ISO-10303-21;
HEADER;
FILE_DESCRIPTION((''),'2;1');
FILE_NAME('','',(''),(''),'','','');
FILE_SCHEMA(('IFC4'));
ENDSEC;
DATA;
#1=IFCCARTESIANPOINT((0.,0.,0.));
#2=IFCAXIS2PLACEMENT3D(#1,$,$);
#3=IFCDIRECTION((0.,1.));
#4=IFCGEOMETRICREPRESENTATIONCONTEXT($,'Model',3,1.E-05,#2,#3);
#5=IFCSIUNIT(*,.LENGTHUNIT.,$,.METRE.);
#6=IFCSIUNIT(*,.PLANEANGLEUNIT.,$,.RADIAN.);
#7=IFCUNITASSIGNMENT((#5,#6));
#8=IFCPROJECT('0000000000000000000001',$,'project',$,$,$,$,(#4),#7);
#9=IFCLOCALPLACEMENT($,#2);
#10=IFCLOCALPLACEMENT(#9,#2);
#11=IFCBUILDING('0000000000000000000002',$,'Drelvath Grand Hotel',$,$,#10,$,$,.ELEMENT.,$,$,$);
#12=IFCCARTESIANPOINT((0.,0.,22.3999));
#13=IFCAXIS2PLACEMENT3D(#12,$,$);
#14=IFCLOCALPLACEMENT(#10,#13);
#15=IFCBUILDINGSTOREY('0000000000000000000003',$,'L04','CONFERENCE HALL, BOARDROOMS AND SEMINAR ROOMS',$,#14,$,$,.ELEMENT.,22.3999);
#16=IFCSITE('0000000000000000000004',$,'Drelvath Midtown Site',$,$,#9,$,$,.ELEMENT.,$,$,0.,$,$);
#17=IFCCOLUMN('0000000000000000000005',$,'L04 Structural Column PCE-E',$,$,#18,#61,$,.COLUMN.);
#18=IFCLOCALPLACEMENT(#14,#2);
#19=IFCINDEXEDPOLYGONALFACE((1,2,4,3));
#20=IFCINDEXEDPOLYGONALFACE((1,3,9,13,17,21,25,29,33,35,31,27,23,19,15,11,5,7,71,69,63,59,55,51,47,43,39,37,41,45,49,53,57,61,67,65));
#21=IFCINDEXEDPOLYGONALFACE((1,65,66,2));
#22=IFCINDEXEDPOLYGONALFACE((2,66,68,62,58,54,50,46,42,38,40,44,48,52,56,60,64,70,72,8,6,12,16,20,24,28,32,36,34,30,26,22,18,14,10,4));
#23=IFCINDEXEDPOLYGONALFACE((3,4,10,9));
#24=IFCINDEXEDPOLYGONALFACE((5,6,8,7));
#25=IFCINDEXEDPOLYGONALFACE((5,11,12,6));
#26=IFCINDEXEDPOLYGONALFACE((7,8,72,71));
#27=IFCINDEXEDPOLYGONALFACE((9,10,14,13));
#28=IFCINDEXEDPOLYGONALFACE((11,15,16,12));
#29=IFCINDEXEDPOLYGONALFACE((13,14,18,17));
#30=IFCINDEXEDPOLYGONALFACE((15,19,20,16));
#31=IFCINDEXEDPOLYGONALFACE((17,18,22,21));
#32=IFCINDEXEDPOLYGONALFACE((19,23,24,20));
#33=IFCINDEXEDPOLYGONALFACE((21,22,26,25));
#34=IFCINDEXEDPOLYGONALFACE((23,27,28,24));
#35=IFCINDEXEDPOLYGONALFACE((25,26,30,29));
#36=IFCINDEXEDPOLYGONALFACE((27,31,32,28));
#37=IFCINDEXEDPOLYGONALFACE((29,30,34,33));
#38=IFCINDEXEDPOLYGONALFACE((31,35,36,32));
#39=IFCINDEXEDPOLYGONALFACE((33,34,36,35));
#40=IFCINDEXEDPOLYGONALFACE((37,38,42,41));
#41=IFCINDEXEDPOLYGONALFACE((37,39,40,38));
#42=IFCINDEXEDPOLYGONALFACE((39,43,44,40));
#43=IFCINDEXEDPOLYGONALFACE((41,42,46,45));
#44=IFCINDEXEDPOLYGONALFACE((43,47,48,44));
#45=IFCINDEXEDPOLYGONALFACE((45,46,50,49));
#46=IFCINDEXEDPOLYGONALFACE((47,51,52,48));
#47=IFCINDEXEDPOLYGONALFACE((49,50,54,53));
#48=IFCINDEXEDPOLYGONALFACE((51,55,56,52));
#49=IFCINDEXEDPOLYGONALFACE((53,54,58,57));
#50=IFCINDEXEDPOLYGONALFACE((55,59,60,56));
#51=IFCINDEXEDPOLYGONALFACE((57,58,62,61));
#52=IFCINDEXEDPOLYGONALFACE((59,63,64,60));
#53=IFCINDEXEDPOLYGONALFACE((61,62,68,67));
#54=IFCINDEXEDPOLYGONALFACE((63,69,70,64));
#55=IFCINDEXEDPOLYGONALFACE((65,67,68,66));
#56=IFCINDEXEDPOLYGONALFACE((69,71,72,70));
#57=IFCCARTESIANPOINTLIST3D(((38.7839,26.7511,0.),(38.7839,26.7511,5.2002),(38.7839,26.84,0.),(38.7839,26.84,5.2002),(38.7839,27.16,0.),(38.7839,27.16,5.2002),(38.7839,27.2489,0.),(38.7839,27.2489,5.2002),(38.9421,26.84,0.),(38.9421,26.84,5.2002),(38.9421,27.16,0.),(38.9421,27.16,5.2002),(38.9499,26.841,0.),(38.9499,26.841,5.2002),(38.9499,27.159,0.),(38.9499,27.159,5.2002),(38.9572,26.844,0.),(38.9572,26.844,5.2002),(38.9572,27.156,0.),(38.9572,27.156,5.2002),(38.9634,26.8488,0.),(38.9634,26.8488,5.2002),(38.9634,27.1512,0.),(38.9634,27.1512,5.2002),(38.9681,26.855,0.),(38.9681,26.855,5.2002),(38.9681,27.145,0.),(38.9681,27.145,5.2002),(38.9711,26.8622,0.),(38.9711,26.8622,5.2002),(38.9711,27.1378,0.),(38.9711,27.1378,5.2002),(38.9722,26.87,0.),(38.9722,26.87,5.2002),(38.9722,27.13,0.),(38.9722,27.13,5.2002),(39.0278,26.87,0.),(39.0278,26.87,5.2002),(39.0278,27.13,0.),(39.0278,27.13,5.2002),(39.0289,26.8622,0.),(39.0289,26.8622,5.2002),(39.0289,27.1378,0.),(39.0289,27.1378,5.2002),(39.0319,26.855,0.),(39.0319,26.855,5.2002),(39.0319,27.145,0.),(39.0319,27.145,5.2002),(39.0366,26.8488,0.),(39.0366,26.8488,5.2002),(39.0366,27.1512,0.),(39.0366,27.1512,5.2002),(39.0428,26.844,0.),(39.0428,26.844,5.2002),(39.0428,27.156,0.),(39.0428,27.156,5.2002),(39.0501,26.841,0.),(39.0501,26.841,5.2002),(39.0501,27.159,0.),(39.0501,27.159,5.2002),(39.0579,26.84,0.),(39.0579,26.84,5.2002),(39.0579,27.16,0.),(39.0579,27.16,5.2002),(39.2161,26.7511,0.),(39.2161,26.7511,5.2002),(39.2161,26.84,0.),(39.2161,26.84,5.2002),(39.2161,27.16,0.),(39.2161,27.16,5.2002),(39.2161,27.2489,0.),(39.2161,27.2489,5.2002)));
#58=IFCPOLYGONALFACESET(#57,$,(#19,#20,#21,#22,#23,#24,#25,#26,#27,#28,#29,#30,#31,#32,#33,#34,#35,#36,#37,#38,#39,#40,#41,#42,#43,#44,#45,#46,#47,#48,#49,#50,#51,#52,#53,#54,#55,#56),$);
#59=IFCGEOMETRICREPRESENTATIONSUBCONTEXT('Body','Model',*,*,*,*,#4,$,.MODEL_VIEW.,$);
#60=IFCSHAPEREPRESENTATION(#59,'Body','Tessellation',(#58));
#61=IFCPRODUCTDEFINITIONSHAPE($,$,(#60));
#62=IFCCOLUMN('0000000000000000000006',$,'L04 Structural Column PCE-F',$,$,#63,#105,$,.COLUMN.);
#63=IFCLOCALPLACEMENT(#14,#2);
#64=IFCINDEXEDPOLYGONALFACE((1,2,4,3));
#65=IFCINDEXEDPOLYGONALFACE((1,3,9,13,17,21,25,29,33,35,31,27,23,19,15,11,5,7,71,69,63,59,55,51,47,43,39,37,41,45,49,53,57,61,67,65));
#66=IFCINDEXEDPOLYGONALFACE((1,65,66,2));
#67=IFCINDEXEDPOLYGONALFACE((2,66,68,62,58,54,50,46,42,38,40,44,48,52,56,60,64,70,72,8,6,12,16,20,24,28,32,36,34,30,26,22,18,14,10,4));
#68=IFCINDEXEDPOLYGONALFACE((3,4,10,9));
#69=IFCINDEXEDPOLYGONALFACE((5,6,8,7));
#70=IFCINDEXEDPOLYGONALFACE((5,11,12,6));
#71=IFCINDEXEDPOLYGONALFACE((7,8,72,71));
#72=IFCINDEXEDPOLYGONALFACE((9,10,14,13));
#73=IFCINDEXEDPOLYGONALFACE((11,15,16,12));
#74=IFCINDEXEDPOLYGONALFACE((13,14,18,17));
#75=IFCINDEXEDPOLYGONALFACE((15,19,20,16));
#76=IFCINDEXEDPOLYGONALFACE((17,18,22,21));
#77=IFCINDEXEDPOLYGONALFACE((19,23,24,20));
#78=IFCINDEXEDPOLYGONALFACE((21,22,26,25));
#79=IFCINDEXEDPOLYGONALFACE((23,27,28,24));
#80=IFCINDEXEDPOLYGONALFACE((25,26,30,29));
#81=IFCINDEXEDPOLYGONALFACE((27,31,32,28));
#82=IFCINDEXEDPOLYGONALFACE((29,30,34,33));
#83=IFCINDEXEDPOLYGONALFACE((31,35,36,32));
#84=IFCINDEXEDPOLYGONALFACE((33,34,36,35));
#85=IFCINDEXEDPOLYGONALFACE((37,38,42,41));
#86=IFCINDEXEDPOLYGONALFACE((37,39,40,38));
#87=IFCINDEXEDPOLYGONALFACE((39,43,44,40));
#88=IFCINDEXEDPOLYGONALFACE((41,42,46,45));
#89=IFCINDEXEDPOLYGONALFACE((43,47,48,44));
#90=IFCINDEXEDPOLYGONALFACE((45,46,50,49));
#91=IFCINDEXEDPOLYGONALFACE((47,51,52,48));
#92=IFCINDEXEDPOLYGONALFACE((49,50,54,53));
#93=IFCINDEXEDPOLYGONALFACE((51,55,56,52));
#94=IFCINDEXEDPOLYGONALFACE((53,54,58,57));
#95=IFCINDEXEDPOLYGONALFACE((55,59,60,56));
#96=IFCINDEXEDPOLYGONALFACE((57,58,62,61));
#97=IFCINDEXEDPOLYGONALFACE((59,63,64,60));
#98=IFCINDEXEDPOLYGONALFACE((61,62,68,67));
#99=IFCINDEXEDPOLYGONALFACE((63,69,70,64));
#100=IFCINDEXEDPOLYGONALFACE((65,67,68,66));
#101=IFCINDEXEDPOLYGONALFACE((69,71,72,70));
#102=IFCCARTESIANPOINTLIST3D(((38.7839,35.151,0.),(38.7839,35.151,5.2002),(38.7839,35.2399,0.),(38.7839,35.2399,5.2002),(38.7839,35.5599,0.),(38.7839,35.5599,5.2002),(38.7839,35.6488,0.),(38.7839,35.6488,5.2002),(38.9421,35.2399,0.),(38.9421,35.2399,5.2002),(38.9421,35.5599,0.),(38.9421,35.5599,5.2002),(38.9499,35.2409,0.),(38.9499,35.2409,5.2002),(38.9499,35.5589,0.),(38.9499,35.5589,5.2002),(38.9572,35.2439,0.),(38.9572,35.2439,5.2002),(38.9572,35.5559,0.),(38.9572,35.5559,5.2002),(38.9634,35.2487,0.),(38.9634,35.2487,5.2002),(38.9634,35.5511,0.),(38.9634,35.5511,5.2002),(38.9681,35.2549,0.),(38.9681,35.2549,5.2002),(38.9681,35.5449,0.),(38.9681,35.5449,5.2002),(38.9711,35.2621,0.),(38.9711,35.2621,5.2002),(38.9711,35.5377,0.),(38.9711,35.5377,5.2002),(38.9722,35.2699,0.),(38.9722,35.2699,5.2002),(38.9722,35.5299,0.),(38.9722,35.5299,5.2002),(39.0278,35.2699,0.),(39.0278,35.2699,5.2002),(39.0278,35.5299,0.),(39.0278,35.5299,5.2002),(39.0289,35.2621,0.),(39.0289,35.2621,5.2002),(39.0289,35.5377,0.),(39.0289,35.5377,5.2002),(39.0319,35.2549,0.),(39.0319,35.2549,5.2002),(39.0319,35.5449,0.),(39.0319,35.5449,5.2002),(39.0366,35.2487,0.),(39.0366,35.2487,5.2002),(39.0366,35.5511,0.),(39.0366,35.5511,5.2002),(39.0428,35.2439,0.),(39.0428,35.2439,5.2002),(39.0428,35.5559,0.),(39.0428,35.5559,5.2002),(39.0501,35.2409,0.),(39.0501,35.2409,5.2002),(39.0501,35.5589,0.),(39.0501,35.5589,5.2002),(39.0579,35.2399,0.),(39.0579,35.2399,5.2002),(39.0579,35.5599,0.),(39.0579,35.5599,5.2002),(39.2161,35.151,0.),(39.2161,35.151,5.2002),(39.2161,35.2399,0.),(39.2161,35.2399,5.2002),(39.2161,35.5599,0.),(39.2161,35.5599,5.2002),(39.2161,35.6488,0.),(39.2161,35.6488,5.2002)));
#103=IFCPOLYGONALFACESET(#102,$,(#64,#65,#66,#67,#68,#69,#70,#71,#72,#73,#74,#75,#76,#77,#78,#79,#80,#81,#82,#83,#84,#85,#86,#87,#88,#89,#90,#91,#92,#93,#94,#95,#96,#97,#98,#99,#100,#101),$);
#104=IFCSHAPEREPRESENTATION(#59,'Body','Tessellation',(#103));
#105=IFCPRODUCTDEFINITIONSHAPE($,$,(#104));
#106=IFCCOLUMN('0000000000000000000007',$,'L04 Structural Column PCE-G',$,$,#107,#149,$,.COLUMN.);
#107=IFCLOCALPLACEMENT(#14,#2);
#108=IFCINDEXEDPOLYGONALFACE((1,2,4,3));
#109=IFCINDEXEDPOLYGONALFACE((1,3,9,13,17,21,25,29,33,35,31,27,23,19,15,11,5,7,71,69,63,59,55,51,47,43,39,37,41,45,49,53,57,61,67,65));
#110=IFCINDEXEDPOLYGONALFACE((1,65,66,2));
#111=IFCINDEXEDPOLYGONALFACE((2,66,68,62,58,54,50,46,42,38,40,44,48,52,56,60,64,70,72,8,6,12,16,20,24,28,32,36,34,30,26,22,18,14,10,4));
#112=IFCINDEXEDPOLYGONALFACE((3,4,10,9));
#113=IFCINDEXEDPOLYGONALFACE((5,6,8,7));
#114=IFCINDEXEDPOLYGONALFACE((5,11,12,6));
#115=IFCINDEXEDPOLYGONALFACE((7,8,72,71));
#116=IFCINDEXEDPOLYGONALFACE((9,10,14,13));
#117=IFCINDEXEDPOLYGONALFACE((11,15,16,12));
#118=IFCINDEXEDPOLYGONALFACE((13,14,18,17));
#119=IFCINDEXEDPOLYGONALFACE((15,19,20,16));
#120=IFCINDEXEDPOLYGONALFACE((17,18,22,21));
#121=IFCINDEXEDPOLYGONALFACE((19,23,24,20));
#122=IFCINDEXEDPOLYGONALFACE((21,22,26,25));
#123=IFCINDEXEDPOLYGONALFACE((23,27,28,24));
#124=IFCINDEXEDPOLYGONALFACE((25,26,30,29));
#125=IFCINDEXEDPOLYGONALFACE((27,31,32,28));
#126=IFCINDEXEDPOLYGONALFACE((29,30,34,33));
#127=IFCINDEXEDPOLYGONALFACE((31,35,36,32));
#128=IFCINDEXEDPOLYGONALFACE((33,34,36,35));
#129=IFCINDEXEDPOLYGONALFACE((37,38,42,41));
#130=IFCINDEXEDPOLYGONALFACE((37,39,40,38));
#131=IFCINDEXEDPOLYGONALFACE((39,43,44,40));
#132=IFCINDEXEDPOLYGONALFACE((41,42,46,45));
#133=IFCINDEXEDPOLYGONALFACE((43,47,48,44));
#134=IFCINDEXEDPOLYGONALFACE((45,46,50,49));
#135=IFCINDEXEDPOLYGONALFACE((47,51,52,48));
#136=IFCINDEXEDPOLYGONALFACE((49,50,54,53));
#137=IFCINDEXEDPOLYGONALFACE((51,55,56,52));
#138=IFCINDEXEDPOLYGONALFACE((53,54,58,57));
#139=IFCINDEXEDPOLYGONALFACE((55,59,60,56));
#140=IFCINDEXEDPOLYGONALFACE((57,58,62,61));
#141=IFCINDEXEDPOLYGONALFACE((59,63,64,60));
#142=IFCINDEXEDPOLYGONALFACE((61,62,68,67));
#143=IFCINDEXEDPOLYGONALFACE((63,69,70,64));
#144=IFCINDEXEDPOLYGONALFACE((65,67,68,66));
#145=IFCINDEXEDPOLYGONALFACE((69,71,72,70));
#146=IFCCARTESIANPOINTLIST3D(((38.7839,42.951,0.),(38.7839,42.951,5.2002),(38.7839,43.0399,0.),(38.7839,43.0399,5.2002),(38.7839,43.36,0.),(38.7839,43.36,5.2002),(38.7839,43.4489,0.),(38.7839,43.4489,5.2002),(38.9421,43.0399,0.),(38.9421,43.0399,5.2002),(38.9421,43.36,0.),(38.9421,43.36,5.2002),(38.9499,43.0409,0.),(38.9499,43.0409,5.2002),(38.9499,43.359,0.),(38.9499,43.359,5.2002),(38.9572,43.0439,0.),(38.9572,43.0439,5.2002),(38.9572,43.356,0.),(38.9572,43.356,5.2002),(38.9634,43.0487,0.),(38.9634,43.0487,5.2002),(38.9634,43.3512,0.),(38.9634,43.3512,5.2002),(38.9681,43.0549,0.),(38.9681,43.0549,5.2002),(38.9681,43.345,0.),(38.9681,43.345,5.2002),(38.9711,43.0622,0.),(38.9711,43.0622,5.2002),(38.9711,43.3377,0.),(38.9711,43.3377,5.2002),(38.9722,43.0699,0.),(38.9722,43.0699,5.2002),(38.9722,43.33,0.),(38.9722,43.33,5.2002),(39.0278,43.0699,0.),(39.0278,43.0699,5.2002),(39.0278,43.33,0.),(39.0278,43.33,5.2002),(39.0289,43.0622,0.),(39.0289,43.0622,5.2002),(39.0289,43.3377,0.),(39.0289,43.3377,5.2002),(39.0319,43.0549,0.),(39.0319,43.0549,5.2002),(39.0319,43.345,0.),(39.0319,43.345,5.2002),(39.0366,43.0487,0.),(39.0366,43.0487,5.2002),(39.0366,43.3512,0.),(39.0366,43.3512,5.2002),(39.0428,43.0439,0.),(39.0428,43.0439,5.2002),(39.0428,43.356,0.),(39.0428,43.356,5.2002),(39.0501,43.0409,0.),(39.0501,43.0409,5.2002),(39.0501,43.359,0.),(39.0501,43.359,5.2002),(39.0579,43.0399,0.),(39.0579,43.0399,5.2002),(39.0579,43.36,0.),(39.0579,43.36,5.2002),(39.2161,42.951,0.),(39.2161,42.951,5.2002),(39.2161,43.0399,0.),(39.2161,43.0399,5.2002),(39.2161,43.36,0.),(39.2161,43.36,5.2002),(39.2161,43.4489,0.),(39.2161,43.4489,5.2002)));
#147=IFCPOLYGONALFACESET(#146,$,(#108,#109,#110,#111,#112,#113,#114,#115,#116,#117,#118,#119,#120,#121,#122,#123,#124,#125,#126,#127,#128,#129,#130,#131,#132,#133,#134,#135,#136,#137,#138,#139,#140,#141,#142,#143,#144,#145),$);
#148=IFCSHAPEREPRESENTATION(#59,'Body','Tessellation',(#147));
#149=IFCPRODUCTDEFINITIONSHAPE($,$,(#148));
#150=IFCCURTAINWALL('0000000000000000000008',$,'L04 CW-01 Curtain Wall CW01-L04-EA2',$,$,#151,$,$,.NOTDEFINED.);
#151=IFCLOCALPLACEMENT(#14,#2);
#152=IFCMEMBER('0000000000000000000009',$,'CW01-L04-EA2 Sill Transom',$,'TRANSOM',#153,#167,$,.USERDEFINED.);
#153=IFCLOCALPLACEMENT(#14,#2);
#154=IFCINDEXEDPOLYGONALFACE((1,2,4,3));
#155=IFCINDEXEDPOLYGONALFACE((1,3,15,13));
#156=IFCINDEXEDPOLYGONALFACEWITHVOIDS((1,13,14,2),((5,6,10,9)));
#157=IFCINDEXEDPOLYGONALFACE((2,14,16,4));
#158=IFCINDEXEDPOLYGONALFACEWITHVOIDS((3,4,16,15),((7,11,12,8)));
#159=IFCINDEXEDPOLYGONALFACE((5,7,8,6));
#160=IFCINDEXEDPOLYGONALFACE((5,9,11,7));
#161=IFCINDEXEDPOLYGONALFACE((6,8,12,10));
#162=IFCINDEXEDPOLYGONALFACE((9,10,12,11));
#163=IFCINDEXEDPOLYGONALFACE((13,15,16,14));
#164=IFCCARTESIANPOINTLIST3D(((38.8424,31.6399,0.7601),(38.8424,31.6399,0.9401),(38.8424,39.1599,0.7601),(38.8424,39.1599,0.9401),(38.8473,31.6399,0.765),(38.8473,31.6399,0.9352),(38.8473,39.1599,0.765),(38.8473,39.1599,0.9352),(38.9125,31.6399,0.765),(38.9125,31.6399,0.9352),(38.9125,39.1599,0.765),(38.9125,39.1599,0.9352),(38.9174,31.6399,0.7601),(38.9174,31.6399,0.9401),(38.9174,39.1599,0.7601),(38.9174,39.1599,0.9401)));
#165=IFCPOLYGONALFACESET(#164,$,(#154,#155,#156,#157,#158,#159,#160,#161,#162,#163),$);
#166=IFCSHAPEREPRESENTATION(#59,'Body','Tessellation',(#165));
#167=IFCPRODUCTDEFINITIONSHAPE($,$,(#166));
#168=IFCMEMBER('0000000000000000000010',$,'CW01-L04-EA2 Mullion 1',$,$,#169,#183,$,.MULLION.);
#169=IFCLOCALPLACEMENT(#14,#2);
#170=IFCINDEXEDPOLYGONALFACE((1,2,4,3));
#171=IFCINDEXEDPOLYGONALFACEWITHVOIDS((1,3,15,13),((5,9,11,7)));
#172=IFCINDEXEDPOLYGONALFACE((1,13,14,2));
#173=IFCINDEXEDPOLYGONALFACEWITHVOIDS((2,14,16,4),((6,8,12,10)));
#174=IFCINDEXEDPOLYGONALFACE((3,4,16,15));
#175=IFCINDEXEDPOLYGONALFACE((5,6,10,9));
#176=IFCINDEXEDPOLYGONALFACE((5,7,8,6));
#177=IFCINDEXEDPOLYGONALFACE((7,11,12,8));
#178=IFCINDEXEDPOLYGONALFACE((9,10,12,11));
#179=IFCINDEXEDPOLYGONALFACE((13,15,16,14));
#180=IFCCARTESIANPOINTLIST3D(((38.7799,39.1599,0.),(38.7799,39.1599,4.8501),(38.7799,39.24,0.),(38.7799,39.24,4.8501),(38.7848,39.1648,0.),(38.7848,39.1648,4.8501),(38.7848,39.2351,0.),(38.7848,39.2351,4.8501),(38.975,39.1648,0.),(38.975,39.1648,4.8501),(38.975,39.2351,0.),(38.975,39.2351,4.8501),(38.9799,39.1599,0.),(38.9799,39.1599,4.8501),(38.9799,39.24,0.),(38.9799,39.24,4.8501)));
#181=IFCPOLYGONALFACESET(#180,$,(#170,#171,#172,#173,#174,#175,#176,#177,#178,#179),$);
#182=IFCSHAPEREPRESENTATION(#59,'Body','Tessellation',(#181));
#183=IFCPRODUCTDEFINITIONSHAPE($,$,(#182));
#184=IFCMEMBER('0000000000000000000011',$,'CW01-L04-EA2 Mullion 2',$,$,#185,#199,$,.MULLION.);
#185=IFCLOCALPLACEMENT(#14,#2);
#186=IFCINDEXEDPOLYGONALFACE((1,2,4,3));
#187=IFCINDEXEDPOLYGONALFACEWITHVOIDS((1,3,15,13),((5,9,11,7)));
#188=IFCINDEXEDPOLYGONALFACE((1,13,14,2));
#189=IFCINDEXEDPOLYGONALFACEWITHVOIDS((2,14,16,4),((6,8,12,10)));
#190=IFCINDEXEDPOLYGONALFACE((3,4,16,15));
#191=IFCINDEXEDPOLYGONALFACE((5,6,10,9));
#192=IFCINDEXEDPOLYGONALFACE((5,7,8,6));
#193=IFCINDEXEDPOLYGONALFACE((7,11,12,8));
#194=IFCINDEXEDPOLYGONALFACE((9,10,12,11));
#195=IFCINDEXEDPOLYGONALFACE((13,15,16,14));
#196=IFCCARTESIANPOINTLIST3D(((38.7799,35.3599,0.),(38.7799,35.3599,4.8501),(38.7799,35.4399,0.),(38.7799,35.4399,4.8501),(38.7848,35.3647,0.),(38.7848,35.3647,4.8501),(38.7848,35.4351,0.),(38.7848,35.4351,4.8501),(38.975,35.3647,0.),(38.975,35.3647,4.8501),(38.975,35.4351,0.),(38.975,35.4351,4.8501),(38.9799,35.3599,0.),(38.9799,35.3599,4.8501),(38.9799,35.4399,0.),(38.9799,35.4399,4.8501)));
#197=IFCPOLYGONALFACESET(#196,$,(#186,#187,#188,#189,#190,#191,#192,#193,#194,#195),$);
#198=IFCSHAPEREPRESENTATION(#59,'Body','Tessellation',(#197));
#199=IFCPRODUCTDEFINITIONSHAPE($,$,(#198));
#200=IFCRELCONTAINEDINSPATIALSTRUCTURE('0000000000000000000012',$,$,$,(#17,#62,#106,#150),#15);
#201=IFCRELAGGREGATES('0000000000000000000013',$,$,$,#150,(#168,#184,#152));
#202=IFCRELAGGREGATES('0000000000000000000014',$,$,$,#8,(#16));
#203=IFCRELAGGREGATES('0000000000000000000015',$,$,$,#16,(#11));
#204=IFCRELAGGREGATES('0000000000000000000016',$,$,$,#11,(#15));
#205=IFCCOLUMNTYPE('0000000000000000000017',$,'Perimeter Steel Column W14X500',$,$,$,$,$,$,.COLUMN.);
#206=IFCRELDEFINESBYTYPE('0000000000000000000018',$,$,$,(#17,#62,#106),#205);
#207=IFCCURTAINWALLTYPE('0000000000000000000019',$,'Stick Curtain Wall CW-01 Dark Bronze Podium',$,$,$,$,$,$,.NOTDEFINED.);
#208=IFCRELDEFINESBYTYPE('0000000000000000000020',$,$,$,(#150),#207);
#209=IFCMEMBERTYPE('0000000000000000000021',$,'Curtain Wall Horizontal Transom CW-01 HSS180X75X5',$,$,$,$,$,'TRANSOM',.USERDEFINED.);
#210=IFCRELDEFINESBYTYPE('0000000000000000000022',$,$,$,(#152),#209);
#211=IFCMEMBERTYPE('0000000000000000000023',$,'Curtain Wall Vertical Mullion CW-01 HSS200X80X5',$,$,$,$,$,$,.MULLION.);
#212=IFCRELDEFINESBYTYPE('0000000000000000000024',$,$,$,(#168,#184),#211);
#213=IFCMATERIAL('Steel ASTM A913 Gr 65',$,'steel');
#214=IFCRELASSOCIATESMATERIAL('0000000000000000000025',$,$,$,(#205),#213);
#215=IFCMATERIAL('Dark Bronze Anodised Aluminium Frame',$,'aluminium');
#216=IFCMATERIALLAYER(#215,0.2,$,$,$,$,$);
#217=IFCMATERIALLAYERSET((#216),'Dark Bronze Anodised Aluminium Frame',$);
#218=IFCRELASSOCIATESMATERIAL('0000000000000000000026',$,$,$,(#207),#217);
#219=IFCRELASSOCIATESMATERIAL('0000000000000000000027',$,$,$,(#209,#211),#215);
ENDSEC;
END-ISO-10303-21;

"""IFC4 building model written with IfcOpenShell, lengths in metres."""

from ifc_helpers import new_model, si_unit, direction, frame, origin, origin_2d, place, context, subcontext, project, spatial, hollow_rectangle, i_section, extrude, material, layer, layer_set, material_profile, profile_set, type_object, element, aggregate, save


model = new_model("IFC4")

# Units and contexts
model_context = context("Model", 3, precision=1e-05, world=origin(), true_north=direction((0.0, 1.0)))
body_context = subcontext(model_context, "Body", "Model", "MODEL_VIEW")
ifc_project = project(units=[si_unit("LENGTHUNIT", "METRE"), si_unit("PLANEANGLEUNIT", "RADIAN")], contexts=[model_context])

# Site, building, storey
site_placement = place(None, origin())
site = spatial("IfcSite", under=ifc_project, at=site_placement, Name="Drelvath Midtown Site", CompositionType="ELEMENT", RefElevation=0.0)
building_placement = place(site_placement, origin())
building = spatial("IfcBuilding", under=site, at=building_placement, Name="Drelvath Grand Hotel", CompositionType="ELEMENT")
storey_placement = place(building_placement, frame((0.0, 0.0, 22.3999)))
storey = spatial("IfcBuildingStorey", under=building, at=storey_placement, Name="L04", Description="CONFERENCE HALL, BOARDROOMS AND SEMINAR ROOMS", CompositionType="ELEMENT", Elevation=22.3999)

# Columns
ifc_material_1 = material(Name="Steel ASTM A913 Gr 65", Category="steel")
ifc_material_profile_1 = material_profile(ifc_material_1, i_section(OverallWidth=0.4321, OverallDepth=0.4978, WebThickness=0.0557, FlangeThickness=0.0889, FilletRadius=0.03, at=origin_2d()), Name="W14X500")
ifc_profile_set_1 = profile_set([ifc_material_profile_1], Name="Steel ASTM A913 Gr 65")
column_type = type_object("IfcColumnType", Name="Perimeter Steel Column W14X500", PredefinedType="COLUMN", material=ifc_profile_set_1)
for number, where, z_axis, x_axis, name in (
    (1, (39.0, 27.0, 0.0), (0.0, 0.0, 1.0), (1.0, 0.0, 0.0), "L04 Structural Column PCE-E"),
    (2, (39.0, 35.3999, 0.0), (0.0, 0.0, 1.0), (1.0, 0.0, 0.0), "L04 Structural Column PCE-F"),
    (3, (39.0, 43.2, 0.0), (0.0, 0.0, 1.0), (1.0, 0.0, 0.0), "L04 Structural Column PCE-G"),
):
    element("IfcColumn", number, at=place(storey_placement, frame(where, z_axis=z_axis, x_axis=x_axis)), inside=storey, type_object=column_type, Name=name, PredefinedType="COLUMN", context=body_context, shape_type="SweptSolid", body=[
        extrude(i_section(OverallWidth=0.4321, OverallDepth=0.4978, WebThickness=0.0557, FlangeThickness=0.0889, FilletRadius=0.03, at=origin_2d()), origin(), (0.0, 0.0, 1.0), 5.2002),
    ])

# Curtain wall, members
ifc_material_2 = material(Name="Dark Bronze Anodised Aluminium Frame", Category="aluminium")
ifc_layer_1 = layer(ifc_material_2, 0.2)
ifc_layer_set_1 = layer_set([ifc_layer_1], Name="Dark Bronze Anodised Aluminium Frame")
curtain_wall_type = type_object("IfcCurtainWallType", Name="Stick Curtain Wall CW-01 Dark Bronze Podium", PredefinedType="NOTDEFINED", material=ifc_layer_set_1)
curtain_wall_placement = place(storey_placement, origin())
curtain_wall = element("IfcCurtainWall", 4, at=curtain_wall_placement, inside=storey, type_object=curtain_wall_type, Name="L04 CW-01 Curtain Wall CW01-L04-EA2", PredefinedType="NOTDEFINED")
ifc_material_profile_2 = material_profile(ifc_material_2, hollow_rectangle(XDim=0.075, YDim=0.1799, WallThickness=0.0049, at=origin_2d()), Name="HSS180X75X5")
ifc_profile_set_2 = profile_set([ifc_material_profile_2], Name="Dark Bronze Anodised Aluminium Frame")
member_type_1 = type_object("IfcMemberType", Name="Curtain Wall Horizontal Transom CW-01 HSS180X75X5", ElementType="TRANSOM", PredefinedType="USERDEFINED", material=ifc_profile_set_2)
member_1_placement = place(storey_placement, frame((38.8799, 39.1599, 0.8501), z_axis=(0.0, -1.0, 0.0), x_axis=(1.0, 0.0, 0.0)))
member_1 = element("IfcMember", 5, at=member_1_placement, type_object=member_type_1, Name="CW01-L04-EA2 Sill Transom", ObjectType="TRANSOM", PredefinedType="USERDEFINED", context=body_context, shape_type="SweptSolid", body=[
    extrude(hollow_rectangle(XDim=0.075, YDim=0.1799, WallThickness=0.0049, at=origin_2d()), origin(), (0.0, 0.0, 1.0), 7.52),
])
ifc_material_profile_3 = material_profile(ifc_material_2, hollow_rectangle(XDim=0.0801, YDim=0.2, WallThickness=0.0049, at=origin_2d()), Name="HSS200X80X5")
ifc_profile_set_3 = profile_set([ifc_material_profile_3], Name="Dark Bronze Anodised Aluminium Frame")
member_type_2 = type_object("IfcMemberType", Name="Curtain Wall Vertical Mullion CW-01 HSS200X80X5", PredefinedType="MULLION", material=ifc_profile_set_3)
member_2_placement = place(storey_placement, frame((38.8799, 39.2, 0.0), z_axis=(0.0, 0.0, 1.0), x_axis=(0.0, 1.0, 0.0)))
member_2 = element("IfcMember", 6, at=member_2_placement, type_object=member_type_2, Name="CW01-L04-EA2 Mullion 1", PredefinedType="MULLION", context=body_context, shape_type="SweptSolid", body=[
    extrude(hollow_rectangle(XDim=0.0801, YDim=0.2, WallThickness=0.0049, at=origin_2d()), origin(), (0.0, 0.0, 1.0), 4.8501),
])
member_3_placement = place(storey_placement, frame((38.8799, 35.3999, 0.0), z_axis=(0.0, 0.0, 1.0), x_axis=(0.0, 1.0, 0.0)))
member_3 = element("IfcMember", 7, at=member_3_placement, type_object=member_type_2, Name="CW01-L04-EA2 Mullion 2", PredefinedType="MULLION", context=body_context, shape_type="SweptSolid", body=[
    extrude(hollow_rectangle(XDim=0.0801, YDim=0.2, WallThickness=0.0049, at=origin_2d()), origin(), (0.0, 0.0, 1.0), 4.8501),
])

aggregate(curtain_wall, [member_2, member_3, member_1])

save(model, "model.ifc")
